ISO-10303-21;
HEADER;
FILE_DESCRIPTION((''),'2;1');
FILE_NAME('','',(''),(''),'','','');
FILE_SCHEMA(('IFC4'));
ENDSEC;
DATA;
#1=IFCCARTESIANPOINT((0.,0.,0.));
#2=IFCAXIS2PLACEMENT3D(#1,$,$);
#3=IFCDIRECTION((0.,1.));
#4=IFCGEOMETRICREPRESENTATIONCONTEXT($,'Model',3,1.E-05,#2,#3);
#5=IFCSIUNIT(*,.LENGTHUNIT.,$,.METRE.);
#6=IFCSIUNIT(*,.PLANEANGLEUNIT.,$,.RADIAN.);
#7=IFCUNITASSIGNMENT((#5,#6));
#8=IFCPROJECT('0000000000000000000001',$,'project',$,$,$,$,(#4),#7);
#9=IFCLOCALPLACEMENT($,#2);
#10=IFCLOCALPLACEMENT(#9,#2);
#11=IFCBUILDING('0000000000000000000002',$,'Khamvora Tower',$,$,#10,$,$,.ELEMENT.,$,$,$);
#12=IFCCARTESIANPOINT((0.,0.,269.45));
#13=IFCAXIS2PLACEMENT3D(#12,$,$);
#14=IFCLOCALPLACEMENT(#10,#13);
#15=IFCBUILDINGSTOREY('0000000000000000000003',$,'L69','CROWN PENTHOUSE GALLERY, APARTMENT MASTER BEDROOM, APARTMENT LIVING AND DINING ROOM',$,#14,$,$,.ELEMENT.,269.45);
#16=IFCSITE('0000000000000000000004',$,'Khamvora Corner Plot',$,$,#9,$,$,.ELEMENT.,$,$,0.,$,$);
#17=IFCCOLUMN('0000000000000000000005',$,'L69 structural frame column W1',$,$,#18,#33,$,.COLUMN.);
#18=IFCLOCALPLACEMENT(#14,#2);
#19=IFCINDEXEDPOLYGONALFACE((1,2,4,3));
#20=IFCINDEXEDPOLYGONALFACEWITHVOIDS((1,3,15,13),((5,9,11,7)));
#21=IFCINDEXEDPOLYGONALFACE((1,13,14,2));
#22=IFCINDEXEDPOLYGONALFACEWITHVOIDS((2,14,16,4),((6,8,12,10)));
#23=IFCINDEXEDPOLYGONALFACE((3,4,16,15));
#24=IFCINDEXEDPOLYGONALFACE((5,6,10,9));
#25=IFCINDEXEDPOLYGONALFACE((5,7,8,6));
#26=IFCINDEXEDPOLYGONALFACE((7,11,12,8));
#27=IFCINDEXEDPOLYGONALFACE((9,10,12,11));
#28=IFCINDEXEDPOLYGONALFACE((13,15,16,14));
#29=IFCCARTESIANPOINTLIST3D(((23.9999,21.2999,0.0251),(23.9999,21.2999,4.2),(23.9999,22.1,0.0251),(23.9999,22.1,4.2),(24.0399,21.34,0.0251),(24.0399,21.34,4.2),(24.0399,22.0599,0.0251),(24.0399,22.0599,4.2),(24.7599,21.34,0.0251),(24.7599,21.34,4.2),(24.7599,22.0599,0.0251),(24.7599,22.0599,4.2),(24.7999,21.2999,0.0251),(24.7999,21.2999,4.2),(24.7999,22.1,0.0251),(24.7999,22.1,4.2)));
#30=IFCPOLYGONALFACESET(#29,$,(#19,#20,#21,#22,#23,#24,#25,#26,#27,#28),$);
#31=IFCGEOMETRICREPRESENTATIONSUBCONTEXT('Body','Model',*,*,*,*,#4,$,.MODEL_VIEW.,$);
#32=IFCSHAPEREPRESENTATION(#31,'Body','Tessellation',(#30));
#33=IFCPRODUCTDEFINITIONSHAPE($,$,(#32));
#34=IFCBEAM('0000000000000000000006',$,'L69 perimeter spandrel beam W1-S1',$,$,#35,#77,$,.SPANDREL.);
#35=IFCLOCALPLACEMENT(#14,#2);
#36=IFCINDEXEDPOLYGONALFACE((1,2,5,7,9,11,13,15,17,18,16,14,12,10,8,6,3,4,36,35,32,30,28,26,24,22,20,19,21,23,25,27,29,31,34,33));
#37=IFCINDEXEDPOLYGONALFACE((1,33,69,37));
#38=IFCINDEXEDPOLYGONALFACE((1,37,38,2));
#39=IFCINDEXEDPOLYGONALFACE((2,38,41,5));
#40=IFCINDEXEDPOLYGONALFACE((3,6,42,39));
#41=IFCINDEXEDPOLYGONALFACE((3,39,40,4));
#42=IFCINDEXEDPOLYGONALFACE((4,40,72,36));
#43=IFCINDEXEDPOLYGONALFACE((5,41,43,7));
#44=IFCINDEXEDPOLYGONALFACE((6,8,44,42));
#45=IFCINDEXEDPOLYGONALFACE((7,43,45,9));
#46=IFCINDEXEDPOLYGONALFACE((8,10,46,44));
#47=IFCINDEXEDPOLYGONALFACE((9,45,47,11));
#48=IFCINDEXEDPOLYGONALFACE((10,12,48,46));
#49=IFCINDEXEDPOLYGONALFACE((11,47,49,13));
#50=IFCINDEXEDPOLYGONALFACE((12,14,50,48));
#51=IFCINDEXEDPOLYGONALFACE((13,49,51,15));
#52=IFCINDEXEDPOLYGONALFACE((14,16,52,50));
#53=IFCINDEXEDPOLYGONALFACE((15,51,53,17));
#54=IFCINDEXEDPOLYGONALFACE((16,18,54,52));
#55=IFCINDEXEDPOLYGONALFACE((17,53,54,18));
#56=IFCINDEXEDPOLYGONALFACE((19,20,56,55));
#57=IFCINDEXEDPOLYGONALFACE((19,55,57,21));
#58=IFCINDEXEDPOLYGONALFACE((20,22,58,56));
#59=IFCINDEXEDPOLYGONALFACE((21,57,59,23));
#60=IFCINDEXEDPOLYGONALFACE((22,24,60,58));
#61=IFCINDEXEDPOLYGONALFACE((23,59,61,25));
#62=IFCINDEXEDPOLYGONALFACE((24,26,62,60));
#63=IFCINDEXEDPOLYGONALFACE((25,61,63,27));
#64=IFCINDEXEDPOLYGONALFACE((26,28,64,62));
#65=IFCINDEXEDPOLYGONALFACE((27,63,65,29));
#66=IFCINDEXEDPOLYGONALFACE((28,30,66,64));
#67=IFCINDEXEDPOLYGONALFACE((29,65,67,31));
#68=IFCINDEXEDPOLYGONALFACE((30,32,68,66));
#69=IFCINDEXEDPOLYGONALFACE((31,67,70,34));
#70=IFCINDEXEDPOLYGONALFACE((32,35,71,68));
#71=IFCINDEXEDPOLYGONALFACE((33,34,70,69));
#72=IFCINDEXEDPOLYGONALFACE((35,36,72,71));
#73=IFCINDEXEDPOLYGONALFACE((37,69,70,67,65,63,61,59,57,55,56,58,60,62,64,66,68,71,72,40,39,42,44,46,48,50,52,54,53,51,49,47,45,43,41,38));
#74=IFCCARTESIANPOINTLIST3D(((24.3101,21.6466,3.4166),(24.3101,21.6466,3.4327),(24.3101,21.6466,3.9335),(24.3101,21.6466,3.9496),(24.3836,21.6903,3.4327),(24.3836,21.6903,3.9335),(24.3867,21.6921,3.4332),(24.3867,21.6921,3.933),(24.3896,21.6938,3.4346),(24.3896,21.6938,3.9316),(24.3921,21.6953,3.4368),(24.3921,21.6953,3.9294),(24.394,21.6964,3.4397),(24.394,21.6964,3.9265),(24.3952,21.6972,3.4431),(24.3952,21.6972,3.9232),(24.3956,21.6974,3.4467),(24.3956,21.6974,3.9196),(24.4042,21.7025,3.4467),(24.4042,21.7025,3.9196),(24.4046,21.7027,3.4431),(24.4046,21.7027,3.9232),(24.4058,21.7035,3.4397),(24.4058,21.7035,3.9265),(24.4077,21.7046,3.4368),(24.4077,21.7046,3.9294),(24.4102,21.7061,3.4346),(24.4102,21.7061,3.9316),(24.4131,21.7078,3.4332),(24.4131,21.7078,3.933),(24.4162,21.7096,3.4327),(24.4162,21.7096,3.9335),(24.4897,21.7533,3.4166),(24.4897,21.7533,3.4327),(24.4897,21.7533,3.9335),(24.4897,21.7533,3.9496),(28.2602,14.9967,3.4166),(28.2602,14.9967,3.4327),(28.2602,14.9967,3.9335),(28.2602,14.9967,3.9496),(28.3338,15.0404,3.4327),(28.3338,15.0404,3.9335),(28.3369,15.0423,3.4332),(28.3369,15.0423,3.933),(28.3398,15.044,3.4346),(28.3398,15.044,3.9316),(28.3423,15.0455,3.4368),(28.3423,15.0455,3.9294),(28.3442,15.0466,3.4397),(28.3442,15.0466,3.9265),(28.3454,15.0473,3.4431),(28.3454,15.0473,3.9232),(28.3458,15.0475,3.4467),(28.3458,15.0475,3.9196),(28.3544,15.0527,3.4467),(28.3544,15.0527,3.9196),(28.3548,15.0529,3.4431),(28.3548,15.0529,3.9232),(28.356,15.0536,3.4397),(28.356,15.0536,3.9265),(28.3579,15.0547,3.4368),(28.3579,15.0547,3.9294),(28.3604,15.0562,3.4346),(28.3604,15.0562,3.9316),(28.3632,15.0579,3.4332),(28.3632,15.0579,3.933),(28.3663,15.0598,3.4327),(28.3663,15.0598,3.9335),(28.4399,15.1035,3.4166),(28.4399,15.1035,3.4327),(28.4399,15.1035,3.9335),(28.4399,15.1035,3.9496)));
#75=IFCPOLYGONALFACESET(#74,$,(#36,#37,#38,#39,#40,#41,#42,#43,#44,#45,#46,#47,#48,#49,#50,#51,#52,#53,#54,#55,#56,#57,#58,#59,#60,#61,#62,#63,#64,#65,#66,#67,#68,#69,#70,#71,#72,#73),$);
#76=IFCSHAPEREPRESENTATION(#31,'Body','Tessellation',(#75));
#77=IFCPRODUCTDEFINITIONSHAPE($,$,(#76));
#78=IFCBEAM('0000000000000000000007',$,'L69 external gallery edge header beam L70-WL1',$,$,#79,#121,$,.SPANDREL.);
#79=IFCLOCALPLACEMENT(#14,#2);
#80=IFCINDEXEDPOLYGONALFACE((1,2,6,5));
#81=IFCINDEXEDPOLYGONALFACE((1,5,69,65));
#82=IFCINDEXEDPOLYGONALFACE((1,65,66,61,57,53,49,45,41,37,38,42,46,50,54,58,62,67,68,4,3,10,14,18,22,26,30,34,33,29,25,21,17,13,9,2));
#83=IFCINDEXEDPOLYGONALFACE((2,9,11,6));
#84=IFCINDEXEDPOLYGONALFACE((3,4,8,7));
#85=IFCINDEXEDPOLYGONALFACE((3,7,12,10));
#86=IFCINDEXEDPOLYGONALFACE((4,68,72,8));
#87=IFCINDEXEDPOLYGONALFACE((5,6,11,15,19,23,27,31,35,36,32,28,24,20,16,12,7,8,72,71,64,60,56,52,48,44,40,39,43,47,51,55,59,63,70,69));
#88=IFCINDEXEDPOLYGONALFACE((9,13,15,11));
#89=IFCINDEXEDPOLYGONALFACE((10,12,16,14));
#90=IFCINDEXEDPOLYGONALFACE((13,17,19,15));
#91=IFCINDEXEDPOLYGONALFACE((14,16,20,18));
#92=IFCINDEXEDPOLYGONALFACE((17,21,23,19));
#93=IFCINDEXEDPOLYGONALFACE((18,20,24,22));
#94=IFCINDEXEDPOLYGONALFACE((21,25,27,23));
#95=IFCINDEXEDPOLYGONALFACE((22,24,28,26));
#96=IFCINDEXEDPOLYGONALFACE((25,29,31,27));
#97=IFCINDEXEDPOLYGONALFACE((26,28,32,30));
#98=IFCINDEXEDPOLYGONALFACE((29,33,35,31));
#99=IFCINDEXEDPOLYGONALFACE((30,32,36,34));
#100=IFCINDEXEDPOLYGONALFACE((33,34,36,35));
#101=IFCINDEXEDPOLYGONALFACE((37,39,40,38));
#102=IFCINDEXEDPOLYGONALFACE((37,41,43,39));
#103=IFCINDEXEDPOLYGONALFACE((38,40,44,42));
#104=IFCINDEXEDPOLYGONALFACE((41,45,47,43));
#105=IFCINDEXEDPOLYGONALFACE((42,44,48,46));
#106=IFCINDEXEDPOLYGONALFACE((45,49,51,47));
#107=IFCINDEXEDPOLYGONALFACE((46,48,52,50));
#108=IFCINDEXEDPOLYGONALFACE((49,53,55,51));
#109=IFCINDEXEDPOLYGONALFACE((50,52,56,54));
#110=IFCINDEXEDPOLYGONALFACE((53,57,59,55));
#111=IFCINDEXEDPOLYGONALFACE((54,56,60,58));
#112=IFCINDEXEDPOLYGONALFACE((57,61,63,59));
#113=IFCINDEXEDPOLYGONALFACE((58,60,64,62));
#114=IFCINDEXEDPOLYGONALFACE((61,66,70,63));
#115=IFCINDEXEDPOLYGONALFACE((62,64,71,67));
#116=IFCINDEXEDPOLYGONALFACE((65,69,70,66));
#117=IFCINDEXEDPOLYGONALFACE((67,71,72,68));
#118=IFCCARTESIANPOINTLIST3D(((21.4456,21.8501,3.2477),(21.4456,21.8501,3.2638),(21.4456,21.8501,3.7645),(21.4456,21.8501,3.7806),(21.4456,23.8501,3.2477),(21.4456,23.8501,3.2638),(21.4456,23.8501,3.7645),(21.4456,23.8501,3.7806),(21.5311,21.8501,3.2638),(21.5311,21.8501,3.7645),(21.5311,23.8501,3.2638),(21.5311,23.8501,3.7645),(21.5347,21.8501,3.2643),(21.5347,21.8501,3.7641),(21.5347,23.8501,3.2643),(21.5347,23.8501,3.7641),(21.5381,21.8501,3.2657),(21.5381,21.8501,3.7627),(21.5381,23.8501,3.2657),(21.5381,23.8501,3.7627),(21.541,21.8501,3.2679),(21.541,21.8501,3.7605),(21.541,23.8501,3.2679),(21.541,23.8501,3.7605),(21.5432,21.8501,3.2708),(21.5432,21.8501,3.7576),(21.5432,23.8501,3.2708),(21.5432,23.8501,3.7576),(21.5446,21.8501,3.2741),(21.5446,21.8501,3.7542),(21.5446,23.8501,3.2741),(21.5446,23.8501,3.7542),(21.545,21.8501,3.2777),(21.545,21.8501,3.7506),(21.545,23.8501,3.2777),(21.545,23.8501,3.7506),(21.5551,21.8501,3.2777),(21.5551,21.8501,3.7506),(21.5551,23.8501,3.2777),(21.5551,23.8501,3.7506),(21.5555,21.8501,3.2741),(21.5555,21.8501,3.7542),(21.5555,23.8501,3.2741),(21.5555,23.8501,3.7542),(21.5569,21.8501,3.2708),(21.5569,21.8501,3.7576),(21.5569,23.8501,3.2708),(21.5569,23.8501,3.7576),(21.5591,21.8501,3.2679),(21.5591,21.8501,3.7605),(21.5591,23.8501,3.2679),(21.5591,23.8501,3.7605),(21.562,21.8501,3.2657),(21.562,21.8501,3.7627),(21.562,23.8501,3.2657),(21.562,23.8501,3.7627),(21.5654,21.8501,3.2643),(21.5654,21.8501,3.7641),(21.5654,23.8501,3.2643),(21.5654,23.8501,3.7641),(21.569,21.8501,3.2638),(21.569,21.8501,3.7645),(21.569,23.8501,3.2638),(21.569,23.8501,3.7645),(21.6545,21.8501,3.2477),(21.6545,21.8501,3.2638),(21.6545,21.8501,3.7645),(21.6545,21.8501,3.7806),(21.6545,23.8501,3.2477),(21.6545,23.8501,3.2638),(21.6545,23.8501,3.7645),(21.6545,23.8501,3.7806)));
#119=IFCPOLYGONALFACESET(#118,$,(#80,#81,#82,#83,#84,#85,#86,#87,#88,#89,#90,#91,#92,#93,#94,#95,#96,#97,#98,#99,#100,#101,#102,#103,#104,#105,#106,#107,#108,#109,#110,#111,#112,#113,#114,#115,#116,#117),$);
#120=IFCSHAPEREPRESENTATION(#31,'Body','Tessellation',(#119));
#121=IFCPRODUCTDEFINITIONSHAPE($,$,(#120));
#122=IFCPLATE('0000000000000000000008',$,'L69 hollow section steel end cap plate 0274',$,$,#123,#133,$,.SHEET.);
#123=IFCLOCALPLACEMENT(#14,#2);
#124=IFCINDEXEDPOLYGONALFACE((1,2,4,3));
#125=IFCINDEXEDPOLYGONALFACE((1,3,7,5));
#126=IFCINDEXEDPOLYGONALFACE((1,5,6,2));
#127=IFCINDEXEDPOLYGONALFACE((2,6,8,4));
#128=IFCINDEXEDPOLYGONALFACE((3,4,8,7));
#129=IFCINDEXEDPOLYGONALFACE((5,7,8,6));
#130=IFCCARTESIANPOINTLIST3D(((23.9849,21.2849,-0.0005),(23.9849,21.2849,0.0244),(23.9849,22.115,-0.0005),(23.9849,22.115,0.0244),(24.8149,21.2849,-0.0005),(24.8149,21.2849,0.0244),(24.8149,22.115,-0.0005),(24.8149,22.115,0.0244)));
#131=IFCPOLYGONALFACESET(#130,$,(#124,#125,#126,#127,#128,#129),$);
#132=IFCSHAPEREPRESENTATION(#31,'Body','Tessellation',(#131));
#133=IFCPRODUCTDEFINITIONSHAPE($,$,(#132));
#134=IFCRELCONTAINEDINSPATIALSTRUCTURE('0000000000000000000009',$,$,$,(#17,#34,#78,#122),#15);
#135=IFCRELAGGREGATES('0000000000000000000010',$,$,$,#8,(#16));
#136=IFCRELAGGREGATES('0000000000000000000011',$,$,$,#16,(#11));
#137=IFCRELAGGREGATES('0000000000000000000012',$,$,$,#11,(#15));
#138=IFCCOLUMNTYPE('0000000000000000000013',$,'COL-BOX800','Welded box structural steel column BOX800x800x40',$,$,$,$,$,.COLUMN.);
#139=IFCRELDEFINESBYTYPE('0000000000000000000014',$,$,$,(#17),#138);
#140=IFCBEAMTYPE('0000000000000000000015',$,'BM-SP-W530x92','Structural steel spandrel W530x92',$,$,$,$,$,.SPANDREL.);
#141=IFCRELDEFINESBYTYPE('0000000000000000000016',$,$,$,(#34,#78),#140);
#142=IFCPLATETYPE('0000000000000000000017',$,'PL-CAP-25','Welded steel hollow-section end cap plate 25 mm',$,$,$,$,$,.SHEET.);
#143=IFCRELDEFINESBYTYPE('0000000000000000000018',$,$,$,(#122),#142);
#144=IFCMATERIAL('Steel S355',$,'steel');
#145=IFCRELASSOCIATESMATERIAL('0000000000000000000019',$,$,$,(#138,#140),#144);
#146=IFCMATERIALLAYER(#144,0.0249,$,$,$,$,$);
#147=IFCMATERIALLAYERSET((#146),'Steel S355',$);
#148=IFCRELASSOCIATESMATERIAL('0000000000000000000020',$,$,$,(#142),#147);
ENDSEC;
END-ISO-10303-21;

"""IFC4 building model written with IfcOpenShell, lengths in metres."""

from ifc_helpers import new_model, si_unit, direction, frame, origin, origin_2d, place, context, subcontext, project, spatial, rectangle, hollow_rectangle, i_section, extrude, material, layer, layer_set, material_profile, profile_set, type_object, element, save


model = new_model("IFC4")

# Units and contexts
model_context = context("Model", 3, precision=1e-05, world=origin(), true_north=direction((0.0, 1.0)))
body_context = subcontext(model_context, "Body", "Model", "MODEL_VIEW")
ifc_project = project(units=[si_unit("LENGTHUNIT", "METRE"), si_unit("PLANEANGLEUNIT", "RADIAN")], contexts=[model_context])

# Site, building, storey
site_placement = place(None, origin())
site = spatial("IfcSite", under=ifc_project, at=site_placement, Name="Khamvora Corner Plot", CompositionType="ELEMENT", RefElevation=0.0)
building_placement = place(site_placement, origin())
building = spatial("IfcBuilding", under=site, at=building_placement, Name="Khamvora Tower", CompositionType="ELEMENT")
storey_placement = place(building_placement, frame((0.0, 0.0, 269.45)))
storey = spatial("IfcBuildingStorey", under=building, at=storey_placement, Name="L69", Description="CROWN PENTHOUSE GALLERY, APARTMENT MASTER BEDROOM, APARTMENT LIVING AND DINING ROOM", CompositionType="ELEMENT", Elevation=269.45)

# Column
ifc_material_1 = material(Name="Steel S355", Category="steel")
ifc_material_profile_1 = material_profile(ifc_material_1, hollow_rectangle(XDim=0.8, YDim=0.8, WallThickness=0.04, at=origin_2d()), Name="BOX800x800x40")
ifc_profile_set_1 = profile_set([ifc_material_profile_1], Name="Steel S355")
column_type = type_object("IfcColumnType", Name="COL-BOX800", Description="Welded box structural steel column BOX800x800x40", PredefinedType="COLUMN", material=ifc_profile_set_1)
column_placement = place(storey_placement, frame((24.3999, 21.7, 0.0251), z_axis=(0.0, 0.0, 1.0), x_axis=(1.0, 0.0, 0.0)))
element("IfcColumn", 1, at=column_placement, inside=storey, type_object=column_type, Name="L69 structural frame column W1", PredefinedType="COLUMN", context=body_context, shape_type="SweptSolid", body=[
    extrude(hollow_rectangle(XDim=0.8, YDim=0.8, WallThickness=0.04, at=origin_2d()), origin(), (0.0, 0.0, 1.0), 4.1748),
])

# Beams
ifc_material_profile_2 = material_profile(ifc_material_1, i_section(OverallWidth=0.209, OverallDepth=0.533, WebThickness=0.01, FlangeThickness=0.0161, FilletRadius=0.0139, at=origin_2d()), Name="W530x92")
ifc_profile_set_2 = profile_set([ifc_material_profile_2], Name="Steel S355")
beam_type = type_object("IfcBeamType", Name="BM-SP-W530x92", Description="Structural steel spandrel W530x92", PredefinedType="SPANDREL", material=ifc_profile_set_2)
beam_1_placement = place(storey_placement, frame((24.3999, 21.7, 3.6831), z_axis=(0.510712, -0.859752, 0.0), x_axis=(0.859752, 0.510712, 0.0)))
element("IfcBeam", 2, at=beam_1_placement, inside=storey, type_object=beam_type, Name="L69 perimeter spandrel beam W1-S1", PredefinedType="SPANDREL", context=body_context, shape_type="SweptSolid", body=[
    extrude(i_section(OverallWidth=0.209, OverallDepth=0.533, WebThickness=0.01, FlangeThickness=0.0161, FilletRadius=0.0139, at=origin_2d()), origin(), (0.0, 0.0, 1.0), 7.7346),
])
beam_2_placement = place(storey_placement, frame((21.55, 21.8501, 3.5142), z_axis=(0.0, 1.0, 0.0), x_axis=(-1.0, 0.0, 0.0)))
element("IfcBeam", 3, at=beam_2_placement, inside=storey, type_object=beam_type, Name="L69 external gallery edge header beam L70-WL1", PredefinedType="SPANDREL", context=body_context, shape_type="SweptSolid", body=[
    extrude(i_section(OverallWidth=0.209, OverallDepth=0.533, WebThickness=0.01, FlangeThickness=0.0161, FilletRadius=0.0139, at=origin_2d()), origin(), (0.0, 0.0, 1.0), 2.0),
])

# Plate
ifc_layer_1 = layer(ifc_material_1, 0.0249)
ifc_layer_set_1 = layer_set([ifc_layer_1], Name="Steel S355")
plate_type = type_object("IfcPlateType", Name="PL-CAP-25", Description="Welded steel hollow-section end cap plate 25 mm", PredefinedType="SHEET", material=ifc_layer_set_1)
plate_placement = place(storey_placement, frame((24.3999, 21.7, -0.0005), z_axis=(0.0, 0.0, 1.0), x_axis=(1.0, 0.0, 0.0)))
element("IfcPlate", 4, at=plate_placement, inside=storey, type_object=plate_type, Name="L69 hollow section steel end cap plate 0274", PredefinedType="SHEET", context=body_context, shape_type="SweptSolid", body=[
    extrude(rectangle(XDim=0.8301, YDim=0.8301, at=origin_2d()), origin(), (0.0, 0.0, 1.0), 0.0249),
])

save(model, "model.ifc")
